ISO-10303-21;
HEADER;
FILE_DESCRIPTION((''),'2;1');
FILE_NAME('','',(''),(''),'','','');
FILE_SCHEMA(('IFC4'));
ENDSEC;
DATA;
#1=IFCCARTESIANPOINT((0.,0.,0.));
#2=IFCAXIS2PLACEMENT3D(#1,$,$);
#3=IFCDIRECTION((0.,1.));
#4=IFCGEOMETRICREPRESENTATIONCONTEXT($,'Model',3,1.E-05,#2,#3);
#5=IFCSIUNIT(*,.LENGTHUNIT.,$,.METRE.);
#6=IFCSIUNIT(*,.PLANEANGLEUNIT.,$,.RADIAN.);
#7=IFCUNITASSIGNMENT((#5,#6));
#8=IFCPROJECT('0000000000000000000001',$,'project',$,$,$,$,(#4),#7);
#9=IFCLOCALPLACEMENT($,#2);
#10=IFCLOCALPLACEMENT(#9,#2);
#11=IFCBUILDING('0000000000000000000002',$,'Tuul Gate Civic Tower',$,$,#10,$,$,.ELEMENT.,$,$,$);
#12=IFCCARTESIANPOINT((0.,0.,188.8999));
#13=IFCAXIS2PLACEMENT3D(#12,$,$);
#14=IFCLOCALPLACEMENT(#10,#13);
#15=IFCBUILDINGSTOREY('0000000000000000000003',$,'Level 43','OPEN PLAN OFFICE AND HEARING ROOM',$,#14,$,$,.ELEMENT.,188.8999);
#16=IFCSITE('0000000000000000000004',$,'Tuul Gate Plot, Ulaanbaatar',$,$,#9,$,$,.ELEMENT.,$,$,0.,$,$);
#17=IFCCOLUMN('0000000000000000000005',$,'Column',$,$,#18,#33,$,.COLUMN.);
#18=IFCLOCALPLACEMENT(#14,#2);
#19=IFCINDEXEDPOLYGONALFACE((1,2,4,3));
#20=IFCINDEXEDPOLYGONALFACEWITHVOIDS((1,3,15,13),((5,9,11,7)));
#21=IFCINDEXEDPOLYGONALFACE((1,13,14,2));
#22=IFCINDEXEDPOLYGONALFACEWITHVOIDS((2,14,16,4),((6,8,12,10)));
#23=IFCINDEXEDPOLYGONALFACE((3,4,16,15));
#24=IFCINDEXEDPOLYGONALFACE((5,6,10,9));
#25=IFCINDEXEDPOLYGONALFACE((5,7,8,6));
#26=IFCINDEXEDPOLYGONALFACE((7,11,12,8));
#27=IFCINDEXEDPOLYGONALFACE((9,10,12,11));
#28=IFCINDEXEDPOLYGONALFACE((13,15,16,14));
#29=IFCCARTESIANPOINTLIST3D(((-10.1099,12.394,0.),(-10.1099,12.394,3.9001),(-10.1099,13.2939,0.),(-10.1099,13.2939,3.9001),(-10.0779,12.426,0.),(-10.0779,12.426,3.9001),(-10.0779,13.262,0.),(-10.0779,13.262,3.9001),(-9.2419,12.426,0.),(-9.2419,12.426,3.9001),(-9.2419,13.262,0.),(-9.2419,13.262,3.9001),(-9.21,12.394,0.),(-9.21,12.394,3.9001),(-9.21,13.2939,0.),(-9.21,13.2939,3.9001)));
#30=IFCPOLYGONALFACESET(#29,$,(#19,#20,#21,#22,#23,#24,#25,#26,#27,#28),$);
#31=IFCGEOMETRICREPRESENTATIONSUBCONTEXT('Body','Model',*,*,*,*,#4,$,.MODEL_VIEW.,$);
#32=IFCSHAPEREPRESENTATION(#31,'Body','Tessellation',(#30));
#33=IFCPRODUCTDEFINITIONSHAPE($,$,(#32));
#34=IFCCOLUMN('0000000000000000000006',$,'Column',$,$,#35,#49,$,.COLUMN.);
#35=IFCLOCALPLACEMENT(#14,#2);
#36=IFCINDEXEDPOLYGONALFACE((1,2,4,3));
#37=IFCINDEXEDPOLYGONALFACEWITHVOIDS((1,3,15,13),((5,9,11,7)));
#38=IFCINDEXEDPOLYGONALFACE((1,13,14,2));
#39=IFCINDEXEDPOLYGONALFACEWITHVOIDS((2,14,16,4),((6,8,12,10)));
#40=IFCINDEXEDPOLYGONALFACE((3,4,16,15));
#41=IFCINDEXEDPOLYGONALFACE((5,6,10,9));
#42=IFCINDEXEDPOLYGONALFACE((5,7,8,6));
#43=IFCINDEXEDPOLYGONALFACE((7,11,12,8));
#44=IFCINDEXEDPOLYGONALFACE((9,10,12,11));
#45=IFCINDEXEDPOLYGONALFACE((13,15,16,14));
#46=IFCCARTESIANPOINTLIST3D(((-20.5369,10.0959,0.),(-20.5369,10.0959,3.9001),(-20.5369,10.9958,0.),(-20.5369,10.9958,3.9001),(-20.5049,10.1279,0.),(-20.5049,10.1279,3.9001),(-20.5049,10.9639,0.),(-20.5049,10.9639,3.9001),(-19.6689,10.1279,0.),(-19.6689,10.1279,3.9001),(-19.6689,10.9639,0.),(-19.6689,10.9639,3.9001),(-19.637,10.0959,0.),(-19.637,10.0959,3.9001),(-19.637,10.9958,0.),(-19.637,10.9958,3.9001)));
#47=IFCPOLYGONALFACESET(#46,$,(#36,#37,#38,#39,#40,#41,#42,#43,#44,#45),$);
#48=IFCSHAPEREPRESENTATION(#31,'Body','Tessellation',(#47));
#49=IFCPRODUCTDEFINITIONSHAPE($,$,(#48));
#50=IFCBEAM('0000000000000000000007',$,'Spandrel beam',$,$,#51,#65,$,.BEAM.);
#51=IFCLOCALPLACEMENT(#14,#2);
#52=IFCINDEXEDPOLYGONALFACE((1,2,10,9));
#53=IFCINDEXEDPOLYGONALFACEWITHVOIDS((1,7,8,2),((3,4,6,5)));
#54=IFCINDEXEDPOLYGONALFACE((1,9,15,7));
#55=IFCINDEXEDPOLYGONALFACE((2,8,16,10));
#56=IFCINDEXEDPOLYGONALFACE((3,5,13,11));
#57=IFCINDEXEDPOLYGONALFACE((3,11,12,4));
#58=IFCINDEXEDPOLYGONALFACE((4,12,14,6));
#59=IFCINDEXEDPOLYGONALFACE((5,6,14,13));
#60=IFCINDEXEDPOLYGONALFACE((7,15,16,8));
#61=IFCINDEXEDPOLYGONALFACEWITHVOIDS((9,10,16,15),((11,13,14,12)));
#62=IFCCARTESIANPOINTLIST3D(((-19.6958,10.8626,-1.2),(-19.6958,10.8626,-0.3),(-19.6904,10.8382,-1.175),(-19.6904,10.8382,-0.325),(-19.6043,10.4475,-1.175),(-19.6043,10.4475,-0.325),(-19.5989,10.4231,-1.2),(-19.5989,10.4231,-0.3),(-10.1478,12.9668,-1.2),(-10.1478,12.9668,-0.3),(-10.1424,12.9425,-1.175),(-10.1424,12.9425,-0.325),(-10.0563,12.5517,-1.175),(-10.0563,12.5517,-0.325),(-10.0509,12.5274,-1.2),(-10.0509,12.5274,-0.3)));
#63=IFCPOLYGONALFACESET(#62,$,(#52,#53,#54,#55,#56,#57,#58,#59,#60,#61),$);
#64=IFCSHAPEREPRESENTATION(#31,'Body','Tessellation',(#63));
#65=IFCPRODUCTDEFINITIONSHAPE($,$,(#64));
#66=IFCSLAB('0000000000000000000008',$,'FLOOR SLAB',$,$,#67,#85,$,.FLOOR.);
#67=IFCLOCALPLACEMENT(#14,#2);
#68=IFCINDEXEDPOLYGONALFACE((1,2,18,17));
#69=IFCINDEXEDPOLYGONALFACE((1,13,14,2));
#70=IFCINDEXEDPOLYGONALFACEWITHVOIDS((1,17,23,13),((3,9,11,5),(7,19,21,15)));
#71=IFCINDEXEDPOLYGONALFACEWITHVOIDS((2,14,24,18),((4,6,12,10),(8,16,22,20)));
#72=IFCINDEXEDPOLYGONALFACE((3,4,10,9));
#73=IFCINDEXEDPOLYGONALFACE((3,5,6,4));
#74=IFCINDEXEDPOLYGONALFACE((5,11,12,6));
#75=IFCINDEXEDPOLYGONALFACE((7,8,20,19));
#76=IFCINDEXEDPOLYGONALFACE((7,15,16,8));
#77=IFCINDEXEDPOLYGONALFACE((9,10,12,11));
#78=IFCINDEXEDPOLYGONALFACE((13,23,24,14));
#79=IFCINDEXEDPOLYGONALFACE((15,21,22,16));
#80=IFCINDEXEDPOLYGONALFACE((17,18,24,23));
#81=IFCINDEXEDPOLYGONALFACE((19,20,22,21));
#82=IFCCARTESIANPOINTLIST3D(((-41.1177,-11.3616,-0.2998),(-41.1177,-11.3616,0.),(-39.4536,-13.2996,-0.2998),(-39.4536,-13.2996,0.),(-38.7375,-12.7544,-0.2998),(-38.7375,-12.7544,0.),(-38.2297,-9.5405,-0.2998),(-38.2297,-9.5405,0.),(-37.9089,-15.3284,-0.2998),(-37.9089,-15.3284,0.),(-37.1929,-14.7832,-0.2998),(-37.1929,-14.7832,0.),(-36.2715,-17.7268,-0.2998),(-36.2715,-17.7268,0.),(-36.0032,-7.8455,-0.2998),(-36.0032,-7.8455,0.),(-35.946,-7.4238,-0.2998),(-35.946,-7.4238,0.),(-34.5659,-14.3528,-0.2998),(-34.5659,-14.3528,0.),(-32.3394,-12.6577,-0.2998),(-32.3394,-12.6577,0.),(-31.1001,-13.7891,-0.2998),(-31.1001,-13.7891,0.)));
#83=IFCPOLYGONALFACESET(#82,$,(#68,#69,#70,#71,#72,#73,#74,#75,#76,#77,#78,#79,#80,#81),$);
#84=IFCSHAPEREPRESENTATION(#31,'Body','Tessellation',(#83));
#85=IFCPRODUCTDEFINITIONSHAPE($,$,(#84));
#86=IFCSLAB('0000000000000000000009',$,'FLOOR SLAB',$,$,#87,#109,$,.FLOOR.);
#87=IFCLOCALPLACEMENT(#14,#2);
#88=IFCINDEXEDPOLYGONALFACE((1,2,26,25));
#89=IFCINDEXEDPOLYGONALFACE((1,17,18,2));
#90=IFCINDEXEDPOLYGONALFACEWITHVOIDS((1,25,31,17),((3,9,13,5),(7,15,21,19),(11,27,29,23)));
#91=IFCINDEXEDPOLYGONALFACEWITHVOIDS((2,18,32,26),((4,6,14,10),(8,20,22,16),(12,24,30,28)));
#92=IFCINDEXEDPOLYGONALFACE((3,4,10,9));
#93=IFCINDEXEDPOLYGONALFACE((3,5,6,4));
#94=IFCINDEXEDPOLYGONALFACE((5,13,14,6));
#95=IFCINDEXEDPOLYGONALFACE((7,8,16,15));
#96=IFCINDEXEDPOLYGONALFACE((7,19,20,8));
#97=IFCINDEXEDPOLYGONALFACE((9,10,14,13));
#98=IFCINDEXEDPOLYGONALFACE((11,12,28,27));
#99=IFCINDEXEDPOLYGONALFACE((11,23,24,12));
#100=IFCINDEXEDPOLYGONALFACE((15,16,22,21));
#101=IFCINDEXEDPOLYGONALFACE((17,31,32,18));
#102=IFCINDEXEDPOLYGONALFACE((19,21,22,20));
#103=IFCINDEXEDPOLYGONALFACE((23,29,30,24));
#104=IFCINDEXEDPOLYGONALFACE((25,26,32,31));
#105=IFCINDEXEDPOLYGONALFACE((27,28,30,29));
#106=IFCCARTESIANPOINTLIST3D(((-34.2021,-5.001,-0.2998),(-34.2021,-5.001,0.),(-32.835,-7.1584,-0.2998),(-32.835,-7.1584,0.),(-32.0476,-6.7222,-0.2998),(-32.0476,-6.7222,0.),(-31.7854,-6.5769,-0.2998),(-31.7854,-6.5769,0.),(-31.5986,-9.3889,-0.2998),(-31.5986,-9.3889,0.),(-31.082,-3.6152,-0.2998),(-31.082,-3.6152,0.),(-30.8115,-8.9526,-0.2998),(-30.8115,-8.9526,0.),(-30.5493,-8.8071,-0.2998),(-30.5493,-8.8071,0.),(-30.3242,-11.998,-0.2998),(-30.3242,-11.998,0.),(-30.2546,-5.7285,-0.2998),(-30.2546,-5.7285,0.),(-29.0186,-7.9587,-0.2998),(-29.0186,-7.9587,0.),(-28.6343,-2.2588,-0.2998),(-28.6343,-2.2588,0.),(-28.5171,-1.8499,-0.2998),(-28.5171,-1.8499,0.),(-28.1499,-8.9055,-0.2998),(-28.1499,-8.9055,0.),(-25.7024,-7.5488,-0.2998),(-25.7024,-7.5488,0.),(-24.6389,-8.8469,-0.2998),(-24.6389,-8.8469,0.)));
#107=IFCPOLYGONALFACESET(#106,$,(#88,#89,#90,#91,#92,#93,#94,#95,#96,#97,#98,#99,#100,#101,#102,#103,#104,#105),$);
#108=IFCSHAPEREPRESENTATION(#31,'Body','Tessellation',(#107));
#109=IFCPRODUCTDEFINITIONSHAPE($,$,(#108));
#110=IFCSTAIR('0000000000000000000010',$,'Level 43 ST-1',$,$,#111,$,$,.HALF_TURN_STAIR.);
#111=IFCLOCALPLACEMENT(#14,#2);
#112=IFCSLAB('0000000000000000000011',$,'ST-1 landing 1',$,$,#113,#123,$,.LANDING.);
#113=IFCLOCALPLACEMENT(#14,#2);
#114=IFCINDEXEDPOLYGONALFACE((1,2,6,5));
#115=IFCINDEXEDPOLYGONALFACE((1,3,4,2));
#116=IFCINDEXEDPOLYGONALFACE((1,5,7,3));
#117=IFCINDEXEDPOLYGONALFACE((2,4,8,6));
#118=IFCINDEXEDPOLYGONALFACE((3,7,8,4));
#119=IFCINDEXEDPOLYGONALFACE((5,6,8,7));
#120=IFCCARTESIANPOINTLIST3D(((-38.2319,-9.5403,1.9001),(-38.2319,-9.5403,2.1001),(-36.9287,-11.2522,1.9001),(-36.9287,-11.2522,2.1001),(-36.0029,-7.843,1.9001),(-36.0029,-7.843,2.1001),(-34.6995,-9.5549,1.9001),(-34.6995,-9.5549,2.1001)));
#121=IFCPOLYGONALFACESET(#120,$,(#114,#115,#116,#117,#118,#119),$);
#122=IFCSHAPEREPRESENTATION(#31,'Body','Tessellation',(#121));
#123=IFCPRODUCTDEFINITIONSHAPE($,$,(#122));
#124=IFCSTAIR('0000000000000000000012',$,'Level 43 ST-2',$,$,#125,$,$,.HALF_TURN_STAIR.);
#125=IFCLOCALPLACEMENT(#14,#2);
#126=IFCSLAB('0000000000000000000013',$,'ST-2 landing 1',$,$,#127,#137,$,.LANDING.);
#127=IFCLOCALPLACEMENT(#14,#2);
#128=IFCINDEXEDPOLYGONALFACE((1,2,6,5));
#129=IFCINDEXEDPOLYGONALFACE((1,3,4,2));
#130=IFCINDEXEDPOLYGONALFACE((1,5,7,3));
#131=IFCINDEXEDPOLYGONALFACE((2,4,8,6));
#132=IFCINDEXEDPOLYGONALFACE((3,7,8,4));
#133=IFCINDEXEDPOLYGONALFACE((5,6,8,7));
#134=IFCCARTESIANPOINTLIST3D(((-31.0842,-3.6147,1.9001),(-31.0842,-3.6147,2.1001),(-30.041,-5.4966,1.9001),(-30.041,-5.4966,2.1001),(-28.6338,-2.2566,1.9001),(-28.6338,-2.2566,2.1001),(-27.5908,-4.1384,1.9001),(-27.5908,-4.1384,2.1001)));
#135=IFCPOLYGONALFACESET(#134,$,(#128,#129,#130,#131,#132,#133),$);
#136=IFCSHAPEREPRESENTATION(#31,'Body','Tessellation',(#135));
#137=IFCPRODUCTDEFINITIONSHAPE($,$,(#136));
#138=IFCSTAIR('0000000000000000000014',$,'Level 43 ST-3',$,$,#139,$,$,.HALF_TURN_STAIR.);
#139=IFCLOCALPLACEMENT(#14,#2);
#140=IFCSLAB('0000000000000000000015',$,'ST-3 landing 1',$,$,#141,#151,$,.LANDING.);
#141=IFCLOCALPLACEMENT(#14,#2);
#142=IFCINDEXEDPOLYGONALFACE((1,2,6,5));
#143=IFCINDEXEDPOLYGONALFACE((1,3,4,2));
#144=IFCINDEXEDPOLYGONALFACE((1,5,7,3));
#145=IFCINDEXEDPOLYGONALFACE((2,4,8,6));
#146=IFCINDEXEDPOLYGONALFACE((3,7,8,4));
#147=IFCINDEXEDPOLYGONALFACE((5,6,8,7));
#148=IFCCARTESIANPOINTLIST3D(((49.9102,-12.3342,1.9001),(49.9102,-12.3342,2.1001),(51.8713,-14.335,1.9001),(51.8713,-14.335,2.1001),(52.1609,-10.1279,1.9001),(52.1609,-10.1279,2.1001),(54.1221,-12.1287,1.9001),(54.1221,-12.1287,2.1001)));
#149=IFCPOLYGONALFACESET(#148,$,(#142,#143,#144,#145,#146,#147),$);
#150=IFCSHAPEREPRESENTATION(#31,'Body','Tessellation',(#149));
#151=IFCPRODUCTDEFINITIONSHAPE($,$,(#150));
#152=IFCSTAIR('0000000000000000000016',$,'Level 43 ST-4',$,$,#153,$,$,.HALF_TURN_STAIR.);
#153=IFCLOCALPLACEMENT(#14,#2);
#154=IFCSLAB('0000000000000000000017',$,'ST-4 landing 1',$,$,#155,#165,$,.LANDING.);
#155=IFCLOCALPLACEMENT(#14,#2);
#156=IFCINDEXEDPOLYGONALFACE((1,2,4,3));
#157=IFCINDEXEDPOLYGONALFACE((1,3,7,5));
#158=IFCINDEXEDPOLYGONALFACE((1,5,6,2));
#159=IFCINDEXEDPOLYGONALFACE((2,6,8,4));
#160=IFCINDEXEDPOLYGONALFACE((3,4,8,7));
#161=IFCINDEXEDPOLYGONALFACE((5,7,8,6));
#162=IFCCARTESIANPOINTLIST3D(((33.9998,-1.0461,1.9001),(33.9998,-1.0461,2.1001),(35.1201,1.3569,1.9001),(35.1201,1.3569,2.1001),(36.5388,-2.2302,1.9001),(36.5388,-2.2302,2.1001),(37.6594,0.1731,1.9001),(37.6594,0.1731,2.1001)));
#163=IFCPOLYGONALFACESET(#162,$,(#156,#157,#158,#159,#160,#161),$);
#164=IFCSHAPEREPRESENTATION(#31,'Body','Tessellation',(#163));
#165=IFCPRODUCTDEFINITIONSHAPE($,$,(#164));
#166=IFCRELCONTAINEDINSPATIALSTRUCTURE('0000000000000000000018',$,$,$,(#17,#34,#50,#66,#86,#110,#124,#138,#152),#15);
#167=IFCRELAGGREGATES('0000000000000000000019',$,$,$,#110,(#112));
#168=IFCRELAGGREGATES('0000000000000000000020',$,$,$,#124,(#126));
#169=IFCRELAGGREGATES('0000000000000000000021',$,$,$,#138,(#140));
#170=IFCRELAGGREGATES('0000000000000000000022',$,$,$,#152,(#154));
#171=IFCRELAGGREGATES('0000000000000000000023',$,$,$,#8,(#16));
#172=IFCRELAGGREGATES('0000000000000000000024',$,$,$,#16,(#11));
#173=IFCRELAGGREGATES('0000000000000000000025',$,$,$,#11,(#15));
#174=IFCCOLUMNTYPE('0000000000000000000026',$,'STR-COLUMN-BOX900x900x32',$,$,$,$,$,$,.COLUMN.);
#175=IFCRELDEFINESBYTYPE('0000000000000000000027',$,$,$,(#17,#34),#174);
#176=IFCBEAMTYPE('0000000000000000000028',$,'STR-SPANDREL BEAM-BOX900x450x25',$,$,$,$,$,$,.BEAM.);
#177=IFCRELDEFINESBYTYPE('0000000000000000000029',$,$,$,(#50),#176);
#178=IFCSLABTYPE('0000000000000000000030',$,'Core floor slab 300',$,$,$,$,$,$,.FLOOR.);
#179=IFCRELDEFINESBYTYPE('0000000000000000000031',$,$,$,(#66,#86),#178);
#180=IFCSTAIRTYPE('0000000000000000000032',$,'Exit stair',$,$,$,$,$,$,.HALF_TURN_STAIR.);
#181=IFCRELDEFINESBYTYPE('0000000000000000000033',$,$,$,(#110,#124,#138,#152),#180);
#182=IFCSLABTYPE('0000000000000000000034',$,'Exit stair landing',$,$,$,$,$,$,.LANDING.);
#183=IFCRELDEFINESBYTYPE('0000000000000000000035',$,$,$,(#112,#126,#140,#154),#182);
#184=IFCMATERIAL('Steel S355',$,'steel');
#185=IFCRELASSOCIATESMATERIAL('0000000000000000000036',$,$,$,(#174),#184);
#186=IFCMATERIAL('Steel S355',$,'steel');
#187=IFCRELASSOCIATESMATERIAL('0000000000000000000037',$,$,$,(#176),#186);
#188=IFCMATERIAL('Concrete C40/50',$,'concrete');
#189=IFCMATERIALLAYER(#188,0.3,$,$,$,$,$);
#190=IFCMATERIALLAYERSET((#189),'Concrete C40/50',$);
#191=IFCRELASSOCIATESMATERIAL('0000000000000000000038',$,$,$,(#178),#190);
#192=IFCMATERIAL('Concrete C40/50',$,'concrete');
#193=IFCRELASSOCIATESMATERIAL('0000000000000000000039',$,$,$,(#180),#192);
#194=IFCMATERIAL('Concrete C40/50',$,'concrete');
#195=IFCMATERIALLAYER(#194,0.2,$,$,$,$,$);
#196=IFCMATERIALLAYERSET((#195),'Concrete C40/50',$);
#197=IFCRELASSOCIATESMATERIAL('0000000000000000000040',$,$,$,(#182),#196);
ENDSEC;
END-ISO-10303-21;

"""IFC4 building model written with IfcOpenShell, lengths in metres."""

from ifc_helpers import new_model, si_unit, direction, frame, origin, origin_2d, place, context, subcontext, project, spatial, polyline, hollow_rectangle, outline, extrude, material, layer, layer_set, material_profile, profile_set, type_object, element, aggregate, save


model = new_model("IFC4")

# Units and contexts
model_context = context("Model", 3, precision=1e-05, world=origin(), true_north=direction((0.0, 1.0)))
body_context = subcontext(model_context, "Body", "Model", "MODEL_VIEW")
ifc_project = project(units=[si_unit("LENGTHUNIT", "METRE"), si_unit("PLANEANGLEUNIT", "RADIAN")], contexts=[model_context])

# Site, building, storey
site_placement = place(None, origin())
site = spatial("IfcSite", under=ifc_project, at=site_placement, Name="Tuul Gate Plot, Ulaanbaatar", CompositionType="ELEMENT", RefElevation=0.0)
building_placement = place(site_placement, origin())
building = spatial("IfcBuilding", under=site, at=building_placement, Name="Tuul Gate Civic Tower", CompositionType="ELEMENT")
storey_placement = place(building_placement, frame((0.0, 0.0, 188.8999)))
storey = spatial("IfcBuildingStorey", under=building, at=storey_placement, Name="Level 43", Description="OPEN PLAN OFFICE AND HEARING ROOM", CompositionType="ELEMENT", Elevation=188.8999)

# Columns
ifc_material_1 = material(Name="Steel S355", Category="steel")
ifc_material_profile_1 = material_profile(ifc_material_1, hollow_rectangle(XDim=0.8999, YDim=0.8999, WallThickness=0.032, at=origin_2d()), Name="BOX900x900x32")
ifc_profile_set_1 = profile_set([ifc_material_profile_1], Name="Steel S355")
column_type = type_object("IfcColumnType", Name="STR-COLUMN-BOX900x900x32", PredefinedType="COLUMN", material=ifc_profile_set_1)
for number, where, z_axis, x_axis, name in (
    (1, (-9.6599, 12.844, 0.0), (0.0, 0.0, 1.0), (1.0, 0.0, 0.0), "Column"),
    (2, (-20.0869, 10.5459, 0.0), (0.0, 0.0, 1.0), (1.0, 0.0, 0.0), "Column"),
):
    element("IfcColumn", number, at=place(storey_placement, frame(where, z_axis=z_axis, x_axis=x_axis)), inside=storey, type_object=column_type, Name=name, PredefinedType="COLUMN", context=body_context, shape_type="SweptSolid", body=[
        extrude(hollow_rectangle(XDim=0.8999, YDim=0.8999, WallThickness=0.032, at=origin_2d()), origin(), (0.0, 0.0, 1.0), 3.9001),
    ])

# Beam
ifc_material_2 = material(Name="Steel S355", Category="steel")
ifc_material_profile_2 = material_profile(ifc_material_2, hollow_rectangle(XDim=0.45, YDim=0.8999, WallThickness=0.0249, at=origin_2d()), Name="BOX900x450x25")
ifc_profile_set_2 = profile_set([ifc_material_profile_2], Name="Steel S355")
beam_type = type_object("IfcBeamType", Name="STR-SPANDREL BEAM-BOX900x450x25", PredefinedType="BEAM", material=ifc_profile_set_2)
beam_placement = place(storey_placement, frame((-10.0994, 12.7471, -0.75), z_axis=(-0.976566, -0.21522, 0.0), x_axis=(0.21522, -0.976566, 0.0)))
element("IfcBeam", 3, at=beam_placement, inside=storey, type_object=beam_type, Name="Spandrel beam", PredefinedType="BEAM", context=body_context, shape_type="SweptSolid", body=[
    extrude(hollow_rectangle(XDim=0.45, YDim=0.8999, WallThickness=0.0249, at=origin_2d()), origin(), (0.0, 0.0, 1.0), 9.7771),
])

# Slabs
ifc_material_3 = material(Name="Concrete C40/50", Category="concrete")
ifc_layer_1 = layer(ifc_material_3, 0.3)
ifc_layer_set_1 = layer_set([ifc_layer_1], Name="Concrete C40/50")
slab_type_1 = type_object("IfcSlabType", Name="Core floor slab 300", PredefinedType="FLOOR", material=ifc_layer_set_1)
slab_1_placement = place(storey_placement, frame((0.0, 0.0, -0.2998)))
element("IfcSlab", 4, at=slab_1_placement, inside=storey, type_object=slab_type_1, Name="FLOOR SLAB", PredefinedType="FLOOR", context=body_context, shape_type="SweptSolid", body=[
    extrude(outline(polyline([(-31.1001, -13.7891), (-35.946, -7.4238), (-41.1177, -11.3616), (-36.2715, -17.7268), (-31.1001, -13.7891)]), holes=[polyline([(-37.1929, -14.7832), (-38.7375, -12.7544), (-39.4536, -13.2996), (-37.9089, -15.3284), (-37.1929, -14.7832)]), polyline([(-32.3394, -12.6577), (-34.5659, -14.3528), (-38.2297, -9.5405), (-36.0032, -7.8455), (-32.3394, -12.6577)])]), origin(), (0.0, 0.0, 1.0), 0.2998),
])
slab_2_placement = place(storey_placement, frame((0.0, 0.0, -0.2998)))
element("IfcSlab", 5, at=slab_2_placement, inside=storey, type_object=slab_type_1, Name="FLOOR SLAB", PredefinedType="FLOOR", context=body_context, shape_type="SweptSolid", body=[
    extrude(outline(polyline([(-24.6389, -8.8469), (-28.5171, -1.8499), (-34.2021, -5.001), (-30.3242, -11.998), (-24.6389, -8.8469)]), holes=[polyline([(-29.0186, -7.9587), (-30.2546, -5.7285), (-31.7854, -6.5769), (-30.5493, -8.8071), (-29.0186, -7.9587)]), polyline([(-30.8115, -8.9526), (-32.0476, -6.7222), (-32.835, -7.1584), (-31.5986, -9.3889), (-30.8115, -8.9526)]), polyline([(-25.7024, -7.5488), (-28.1499, -8.9055), (-31.082, -3.6152), (-28.6343, -2.2588), (-25.7024, -7.5488)])]), origin(), (0.0, 0.0, 1.0), 0.2998),
])

# Stairs, slabs
ifc_material_4 = material(Name="Concrete C40/50", Category="concrete")
stair_type = type_object("IfcStairType", Name="Exit stair", PredefinedType="HALF_TURN_STAIR", material=ifc_material_4)
stair_1_placement = place(storey_placement, origin())
stair_1 = element("IfcStair", 6, at=stair_1_placement, inside=storey, type_object=stair_type, Name="Level 43 ST-1", PredefinedType="HALF_TURN_STAIR")
ifc_material_5 = material(Name="Concrete C40/50", Category="concrete")
ifc_layer_2 = layer(ifc_material_5, 0.2)
ifc_layer_set_2 = layer_set([ifc_layer_2], Name="Concrete C40/50")
slab_type_2 = type_object("IfcSlabType", Name="Exit stair landing", PredefinedType="LANDING", material=ifc_layer_set_2)
slab_3_placement = place(storey_placement, frame((0.0, 0.0, 1.9001)))
slab_3 = element("IfcSlab", 7, at=slab_3_placement, type_object=slab_type_2, Name="ST-1 landing 1", PredefinedType="LANDING", context=body_context, shape_type="SweptSolid", body=[
    extrude(outline(polyline([(-34.6995, -9.5549), (-36.9287, -11.2522), (-38.2319, -9.5403), (-36.0029, -7.843), (-34.6995, -9.5549)])), origin(), (0.0, 0.0, 1.0), 0.2),
])
aggregate(stair_1, [slab_3])
stair_2_placement = place(storey_placement, origin())
stair_2 = element("IfcStair", 8, at=stair_2_placement, inside=storey, type_object=stair_type, Name="Level 43 ST-2", PredefinedType="HALF_TURN_STAIR")
slab_4_placement = place(storey_placement, frame((0.0, 0.0, 1.9001)))
slab_4 = element("IfcSlab", 9, at=slab_4_placement, type_object=slab_type_2, Name="ST-2 landing 1", PredefinedType="LANDING", context=body_context, shape_type="SweptSolid", body=[
    extrude(outline(polyline([(-27.5908, -4.1384), (-30.041, -5.4966), (-31.0842, -3.6147), (-28.6338, -2.2566), (-27.5908, -4.1384)])), origin(), (0.0, 0.0, 1.0), 0.2),
])
aggregate(stair_2, [slab_4])
stair_3_placement = place(storey_placement, origin())
stair_3 = element("IfcStair", 10, at=stair_3_placement, inside=storey, type_object=stair_type, Name="Level 43 ST-3", PredefinedType="HALF_TURN_STAIR")
slab_5_placement = place(storey_placement, frame((0.0, 0.0, 1.9001)))
slab_5 = element("IfcSlab", 11, at=slab_5_placement, type_object=slab_type_2, Name="ST-3 landing 1", PredefinedType="LANDING", context=body_context, shape_type="SweptSolid", body=[
    extrude(outline(polyline([(51.8713, -14.335), (49.9102, -12.3342), (52.1609, -10.1279), (54.1221, -12.1287), (51.8713, -14.335)])), origin(), (0.0, 0.0, 1.0), 0.2),
])
aggregate(stair_3, [slab_5])
stair_4_placement = place(storey_placement, origin())
stair_4 = element("IfcStair", 12, at=stair_4_placement, inside=storey, type_object=stair_type, Name="Level 43 ST-4", PredefinedType="HALF_TURN_STAIR")
slab_6_placement = place(storey_placement, frame((0.0, 0.0, 1.9001)))
slab_6 = element("IfcSlab", 13, at=slab_6_placement, type_object=slab_type_2, Name="ST-4 landing 1", PredefinedType="LANDING", context=body_context, shape_type="SweptSolid", body=[
    extrude(outline(polyline([(36.5388, -2.2302), (33.9998, -1.0461), (35.1201, 1.3569), (37.6594, 0.1731), (36.5388, -2.2302)])), origin(), (0.0, 0.0, 1.0), 0.2),
])
aggregate(stair_4, [slab_6])

save(model, "model.ifc")
